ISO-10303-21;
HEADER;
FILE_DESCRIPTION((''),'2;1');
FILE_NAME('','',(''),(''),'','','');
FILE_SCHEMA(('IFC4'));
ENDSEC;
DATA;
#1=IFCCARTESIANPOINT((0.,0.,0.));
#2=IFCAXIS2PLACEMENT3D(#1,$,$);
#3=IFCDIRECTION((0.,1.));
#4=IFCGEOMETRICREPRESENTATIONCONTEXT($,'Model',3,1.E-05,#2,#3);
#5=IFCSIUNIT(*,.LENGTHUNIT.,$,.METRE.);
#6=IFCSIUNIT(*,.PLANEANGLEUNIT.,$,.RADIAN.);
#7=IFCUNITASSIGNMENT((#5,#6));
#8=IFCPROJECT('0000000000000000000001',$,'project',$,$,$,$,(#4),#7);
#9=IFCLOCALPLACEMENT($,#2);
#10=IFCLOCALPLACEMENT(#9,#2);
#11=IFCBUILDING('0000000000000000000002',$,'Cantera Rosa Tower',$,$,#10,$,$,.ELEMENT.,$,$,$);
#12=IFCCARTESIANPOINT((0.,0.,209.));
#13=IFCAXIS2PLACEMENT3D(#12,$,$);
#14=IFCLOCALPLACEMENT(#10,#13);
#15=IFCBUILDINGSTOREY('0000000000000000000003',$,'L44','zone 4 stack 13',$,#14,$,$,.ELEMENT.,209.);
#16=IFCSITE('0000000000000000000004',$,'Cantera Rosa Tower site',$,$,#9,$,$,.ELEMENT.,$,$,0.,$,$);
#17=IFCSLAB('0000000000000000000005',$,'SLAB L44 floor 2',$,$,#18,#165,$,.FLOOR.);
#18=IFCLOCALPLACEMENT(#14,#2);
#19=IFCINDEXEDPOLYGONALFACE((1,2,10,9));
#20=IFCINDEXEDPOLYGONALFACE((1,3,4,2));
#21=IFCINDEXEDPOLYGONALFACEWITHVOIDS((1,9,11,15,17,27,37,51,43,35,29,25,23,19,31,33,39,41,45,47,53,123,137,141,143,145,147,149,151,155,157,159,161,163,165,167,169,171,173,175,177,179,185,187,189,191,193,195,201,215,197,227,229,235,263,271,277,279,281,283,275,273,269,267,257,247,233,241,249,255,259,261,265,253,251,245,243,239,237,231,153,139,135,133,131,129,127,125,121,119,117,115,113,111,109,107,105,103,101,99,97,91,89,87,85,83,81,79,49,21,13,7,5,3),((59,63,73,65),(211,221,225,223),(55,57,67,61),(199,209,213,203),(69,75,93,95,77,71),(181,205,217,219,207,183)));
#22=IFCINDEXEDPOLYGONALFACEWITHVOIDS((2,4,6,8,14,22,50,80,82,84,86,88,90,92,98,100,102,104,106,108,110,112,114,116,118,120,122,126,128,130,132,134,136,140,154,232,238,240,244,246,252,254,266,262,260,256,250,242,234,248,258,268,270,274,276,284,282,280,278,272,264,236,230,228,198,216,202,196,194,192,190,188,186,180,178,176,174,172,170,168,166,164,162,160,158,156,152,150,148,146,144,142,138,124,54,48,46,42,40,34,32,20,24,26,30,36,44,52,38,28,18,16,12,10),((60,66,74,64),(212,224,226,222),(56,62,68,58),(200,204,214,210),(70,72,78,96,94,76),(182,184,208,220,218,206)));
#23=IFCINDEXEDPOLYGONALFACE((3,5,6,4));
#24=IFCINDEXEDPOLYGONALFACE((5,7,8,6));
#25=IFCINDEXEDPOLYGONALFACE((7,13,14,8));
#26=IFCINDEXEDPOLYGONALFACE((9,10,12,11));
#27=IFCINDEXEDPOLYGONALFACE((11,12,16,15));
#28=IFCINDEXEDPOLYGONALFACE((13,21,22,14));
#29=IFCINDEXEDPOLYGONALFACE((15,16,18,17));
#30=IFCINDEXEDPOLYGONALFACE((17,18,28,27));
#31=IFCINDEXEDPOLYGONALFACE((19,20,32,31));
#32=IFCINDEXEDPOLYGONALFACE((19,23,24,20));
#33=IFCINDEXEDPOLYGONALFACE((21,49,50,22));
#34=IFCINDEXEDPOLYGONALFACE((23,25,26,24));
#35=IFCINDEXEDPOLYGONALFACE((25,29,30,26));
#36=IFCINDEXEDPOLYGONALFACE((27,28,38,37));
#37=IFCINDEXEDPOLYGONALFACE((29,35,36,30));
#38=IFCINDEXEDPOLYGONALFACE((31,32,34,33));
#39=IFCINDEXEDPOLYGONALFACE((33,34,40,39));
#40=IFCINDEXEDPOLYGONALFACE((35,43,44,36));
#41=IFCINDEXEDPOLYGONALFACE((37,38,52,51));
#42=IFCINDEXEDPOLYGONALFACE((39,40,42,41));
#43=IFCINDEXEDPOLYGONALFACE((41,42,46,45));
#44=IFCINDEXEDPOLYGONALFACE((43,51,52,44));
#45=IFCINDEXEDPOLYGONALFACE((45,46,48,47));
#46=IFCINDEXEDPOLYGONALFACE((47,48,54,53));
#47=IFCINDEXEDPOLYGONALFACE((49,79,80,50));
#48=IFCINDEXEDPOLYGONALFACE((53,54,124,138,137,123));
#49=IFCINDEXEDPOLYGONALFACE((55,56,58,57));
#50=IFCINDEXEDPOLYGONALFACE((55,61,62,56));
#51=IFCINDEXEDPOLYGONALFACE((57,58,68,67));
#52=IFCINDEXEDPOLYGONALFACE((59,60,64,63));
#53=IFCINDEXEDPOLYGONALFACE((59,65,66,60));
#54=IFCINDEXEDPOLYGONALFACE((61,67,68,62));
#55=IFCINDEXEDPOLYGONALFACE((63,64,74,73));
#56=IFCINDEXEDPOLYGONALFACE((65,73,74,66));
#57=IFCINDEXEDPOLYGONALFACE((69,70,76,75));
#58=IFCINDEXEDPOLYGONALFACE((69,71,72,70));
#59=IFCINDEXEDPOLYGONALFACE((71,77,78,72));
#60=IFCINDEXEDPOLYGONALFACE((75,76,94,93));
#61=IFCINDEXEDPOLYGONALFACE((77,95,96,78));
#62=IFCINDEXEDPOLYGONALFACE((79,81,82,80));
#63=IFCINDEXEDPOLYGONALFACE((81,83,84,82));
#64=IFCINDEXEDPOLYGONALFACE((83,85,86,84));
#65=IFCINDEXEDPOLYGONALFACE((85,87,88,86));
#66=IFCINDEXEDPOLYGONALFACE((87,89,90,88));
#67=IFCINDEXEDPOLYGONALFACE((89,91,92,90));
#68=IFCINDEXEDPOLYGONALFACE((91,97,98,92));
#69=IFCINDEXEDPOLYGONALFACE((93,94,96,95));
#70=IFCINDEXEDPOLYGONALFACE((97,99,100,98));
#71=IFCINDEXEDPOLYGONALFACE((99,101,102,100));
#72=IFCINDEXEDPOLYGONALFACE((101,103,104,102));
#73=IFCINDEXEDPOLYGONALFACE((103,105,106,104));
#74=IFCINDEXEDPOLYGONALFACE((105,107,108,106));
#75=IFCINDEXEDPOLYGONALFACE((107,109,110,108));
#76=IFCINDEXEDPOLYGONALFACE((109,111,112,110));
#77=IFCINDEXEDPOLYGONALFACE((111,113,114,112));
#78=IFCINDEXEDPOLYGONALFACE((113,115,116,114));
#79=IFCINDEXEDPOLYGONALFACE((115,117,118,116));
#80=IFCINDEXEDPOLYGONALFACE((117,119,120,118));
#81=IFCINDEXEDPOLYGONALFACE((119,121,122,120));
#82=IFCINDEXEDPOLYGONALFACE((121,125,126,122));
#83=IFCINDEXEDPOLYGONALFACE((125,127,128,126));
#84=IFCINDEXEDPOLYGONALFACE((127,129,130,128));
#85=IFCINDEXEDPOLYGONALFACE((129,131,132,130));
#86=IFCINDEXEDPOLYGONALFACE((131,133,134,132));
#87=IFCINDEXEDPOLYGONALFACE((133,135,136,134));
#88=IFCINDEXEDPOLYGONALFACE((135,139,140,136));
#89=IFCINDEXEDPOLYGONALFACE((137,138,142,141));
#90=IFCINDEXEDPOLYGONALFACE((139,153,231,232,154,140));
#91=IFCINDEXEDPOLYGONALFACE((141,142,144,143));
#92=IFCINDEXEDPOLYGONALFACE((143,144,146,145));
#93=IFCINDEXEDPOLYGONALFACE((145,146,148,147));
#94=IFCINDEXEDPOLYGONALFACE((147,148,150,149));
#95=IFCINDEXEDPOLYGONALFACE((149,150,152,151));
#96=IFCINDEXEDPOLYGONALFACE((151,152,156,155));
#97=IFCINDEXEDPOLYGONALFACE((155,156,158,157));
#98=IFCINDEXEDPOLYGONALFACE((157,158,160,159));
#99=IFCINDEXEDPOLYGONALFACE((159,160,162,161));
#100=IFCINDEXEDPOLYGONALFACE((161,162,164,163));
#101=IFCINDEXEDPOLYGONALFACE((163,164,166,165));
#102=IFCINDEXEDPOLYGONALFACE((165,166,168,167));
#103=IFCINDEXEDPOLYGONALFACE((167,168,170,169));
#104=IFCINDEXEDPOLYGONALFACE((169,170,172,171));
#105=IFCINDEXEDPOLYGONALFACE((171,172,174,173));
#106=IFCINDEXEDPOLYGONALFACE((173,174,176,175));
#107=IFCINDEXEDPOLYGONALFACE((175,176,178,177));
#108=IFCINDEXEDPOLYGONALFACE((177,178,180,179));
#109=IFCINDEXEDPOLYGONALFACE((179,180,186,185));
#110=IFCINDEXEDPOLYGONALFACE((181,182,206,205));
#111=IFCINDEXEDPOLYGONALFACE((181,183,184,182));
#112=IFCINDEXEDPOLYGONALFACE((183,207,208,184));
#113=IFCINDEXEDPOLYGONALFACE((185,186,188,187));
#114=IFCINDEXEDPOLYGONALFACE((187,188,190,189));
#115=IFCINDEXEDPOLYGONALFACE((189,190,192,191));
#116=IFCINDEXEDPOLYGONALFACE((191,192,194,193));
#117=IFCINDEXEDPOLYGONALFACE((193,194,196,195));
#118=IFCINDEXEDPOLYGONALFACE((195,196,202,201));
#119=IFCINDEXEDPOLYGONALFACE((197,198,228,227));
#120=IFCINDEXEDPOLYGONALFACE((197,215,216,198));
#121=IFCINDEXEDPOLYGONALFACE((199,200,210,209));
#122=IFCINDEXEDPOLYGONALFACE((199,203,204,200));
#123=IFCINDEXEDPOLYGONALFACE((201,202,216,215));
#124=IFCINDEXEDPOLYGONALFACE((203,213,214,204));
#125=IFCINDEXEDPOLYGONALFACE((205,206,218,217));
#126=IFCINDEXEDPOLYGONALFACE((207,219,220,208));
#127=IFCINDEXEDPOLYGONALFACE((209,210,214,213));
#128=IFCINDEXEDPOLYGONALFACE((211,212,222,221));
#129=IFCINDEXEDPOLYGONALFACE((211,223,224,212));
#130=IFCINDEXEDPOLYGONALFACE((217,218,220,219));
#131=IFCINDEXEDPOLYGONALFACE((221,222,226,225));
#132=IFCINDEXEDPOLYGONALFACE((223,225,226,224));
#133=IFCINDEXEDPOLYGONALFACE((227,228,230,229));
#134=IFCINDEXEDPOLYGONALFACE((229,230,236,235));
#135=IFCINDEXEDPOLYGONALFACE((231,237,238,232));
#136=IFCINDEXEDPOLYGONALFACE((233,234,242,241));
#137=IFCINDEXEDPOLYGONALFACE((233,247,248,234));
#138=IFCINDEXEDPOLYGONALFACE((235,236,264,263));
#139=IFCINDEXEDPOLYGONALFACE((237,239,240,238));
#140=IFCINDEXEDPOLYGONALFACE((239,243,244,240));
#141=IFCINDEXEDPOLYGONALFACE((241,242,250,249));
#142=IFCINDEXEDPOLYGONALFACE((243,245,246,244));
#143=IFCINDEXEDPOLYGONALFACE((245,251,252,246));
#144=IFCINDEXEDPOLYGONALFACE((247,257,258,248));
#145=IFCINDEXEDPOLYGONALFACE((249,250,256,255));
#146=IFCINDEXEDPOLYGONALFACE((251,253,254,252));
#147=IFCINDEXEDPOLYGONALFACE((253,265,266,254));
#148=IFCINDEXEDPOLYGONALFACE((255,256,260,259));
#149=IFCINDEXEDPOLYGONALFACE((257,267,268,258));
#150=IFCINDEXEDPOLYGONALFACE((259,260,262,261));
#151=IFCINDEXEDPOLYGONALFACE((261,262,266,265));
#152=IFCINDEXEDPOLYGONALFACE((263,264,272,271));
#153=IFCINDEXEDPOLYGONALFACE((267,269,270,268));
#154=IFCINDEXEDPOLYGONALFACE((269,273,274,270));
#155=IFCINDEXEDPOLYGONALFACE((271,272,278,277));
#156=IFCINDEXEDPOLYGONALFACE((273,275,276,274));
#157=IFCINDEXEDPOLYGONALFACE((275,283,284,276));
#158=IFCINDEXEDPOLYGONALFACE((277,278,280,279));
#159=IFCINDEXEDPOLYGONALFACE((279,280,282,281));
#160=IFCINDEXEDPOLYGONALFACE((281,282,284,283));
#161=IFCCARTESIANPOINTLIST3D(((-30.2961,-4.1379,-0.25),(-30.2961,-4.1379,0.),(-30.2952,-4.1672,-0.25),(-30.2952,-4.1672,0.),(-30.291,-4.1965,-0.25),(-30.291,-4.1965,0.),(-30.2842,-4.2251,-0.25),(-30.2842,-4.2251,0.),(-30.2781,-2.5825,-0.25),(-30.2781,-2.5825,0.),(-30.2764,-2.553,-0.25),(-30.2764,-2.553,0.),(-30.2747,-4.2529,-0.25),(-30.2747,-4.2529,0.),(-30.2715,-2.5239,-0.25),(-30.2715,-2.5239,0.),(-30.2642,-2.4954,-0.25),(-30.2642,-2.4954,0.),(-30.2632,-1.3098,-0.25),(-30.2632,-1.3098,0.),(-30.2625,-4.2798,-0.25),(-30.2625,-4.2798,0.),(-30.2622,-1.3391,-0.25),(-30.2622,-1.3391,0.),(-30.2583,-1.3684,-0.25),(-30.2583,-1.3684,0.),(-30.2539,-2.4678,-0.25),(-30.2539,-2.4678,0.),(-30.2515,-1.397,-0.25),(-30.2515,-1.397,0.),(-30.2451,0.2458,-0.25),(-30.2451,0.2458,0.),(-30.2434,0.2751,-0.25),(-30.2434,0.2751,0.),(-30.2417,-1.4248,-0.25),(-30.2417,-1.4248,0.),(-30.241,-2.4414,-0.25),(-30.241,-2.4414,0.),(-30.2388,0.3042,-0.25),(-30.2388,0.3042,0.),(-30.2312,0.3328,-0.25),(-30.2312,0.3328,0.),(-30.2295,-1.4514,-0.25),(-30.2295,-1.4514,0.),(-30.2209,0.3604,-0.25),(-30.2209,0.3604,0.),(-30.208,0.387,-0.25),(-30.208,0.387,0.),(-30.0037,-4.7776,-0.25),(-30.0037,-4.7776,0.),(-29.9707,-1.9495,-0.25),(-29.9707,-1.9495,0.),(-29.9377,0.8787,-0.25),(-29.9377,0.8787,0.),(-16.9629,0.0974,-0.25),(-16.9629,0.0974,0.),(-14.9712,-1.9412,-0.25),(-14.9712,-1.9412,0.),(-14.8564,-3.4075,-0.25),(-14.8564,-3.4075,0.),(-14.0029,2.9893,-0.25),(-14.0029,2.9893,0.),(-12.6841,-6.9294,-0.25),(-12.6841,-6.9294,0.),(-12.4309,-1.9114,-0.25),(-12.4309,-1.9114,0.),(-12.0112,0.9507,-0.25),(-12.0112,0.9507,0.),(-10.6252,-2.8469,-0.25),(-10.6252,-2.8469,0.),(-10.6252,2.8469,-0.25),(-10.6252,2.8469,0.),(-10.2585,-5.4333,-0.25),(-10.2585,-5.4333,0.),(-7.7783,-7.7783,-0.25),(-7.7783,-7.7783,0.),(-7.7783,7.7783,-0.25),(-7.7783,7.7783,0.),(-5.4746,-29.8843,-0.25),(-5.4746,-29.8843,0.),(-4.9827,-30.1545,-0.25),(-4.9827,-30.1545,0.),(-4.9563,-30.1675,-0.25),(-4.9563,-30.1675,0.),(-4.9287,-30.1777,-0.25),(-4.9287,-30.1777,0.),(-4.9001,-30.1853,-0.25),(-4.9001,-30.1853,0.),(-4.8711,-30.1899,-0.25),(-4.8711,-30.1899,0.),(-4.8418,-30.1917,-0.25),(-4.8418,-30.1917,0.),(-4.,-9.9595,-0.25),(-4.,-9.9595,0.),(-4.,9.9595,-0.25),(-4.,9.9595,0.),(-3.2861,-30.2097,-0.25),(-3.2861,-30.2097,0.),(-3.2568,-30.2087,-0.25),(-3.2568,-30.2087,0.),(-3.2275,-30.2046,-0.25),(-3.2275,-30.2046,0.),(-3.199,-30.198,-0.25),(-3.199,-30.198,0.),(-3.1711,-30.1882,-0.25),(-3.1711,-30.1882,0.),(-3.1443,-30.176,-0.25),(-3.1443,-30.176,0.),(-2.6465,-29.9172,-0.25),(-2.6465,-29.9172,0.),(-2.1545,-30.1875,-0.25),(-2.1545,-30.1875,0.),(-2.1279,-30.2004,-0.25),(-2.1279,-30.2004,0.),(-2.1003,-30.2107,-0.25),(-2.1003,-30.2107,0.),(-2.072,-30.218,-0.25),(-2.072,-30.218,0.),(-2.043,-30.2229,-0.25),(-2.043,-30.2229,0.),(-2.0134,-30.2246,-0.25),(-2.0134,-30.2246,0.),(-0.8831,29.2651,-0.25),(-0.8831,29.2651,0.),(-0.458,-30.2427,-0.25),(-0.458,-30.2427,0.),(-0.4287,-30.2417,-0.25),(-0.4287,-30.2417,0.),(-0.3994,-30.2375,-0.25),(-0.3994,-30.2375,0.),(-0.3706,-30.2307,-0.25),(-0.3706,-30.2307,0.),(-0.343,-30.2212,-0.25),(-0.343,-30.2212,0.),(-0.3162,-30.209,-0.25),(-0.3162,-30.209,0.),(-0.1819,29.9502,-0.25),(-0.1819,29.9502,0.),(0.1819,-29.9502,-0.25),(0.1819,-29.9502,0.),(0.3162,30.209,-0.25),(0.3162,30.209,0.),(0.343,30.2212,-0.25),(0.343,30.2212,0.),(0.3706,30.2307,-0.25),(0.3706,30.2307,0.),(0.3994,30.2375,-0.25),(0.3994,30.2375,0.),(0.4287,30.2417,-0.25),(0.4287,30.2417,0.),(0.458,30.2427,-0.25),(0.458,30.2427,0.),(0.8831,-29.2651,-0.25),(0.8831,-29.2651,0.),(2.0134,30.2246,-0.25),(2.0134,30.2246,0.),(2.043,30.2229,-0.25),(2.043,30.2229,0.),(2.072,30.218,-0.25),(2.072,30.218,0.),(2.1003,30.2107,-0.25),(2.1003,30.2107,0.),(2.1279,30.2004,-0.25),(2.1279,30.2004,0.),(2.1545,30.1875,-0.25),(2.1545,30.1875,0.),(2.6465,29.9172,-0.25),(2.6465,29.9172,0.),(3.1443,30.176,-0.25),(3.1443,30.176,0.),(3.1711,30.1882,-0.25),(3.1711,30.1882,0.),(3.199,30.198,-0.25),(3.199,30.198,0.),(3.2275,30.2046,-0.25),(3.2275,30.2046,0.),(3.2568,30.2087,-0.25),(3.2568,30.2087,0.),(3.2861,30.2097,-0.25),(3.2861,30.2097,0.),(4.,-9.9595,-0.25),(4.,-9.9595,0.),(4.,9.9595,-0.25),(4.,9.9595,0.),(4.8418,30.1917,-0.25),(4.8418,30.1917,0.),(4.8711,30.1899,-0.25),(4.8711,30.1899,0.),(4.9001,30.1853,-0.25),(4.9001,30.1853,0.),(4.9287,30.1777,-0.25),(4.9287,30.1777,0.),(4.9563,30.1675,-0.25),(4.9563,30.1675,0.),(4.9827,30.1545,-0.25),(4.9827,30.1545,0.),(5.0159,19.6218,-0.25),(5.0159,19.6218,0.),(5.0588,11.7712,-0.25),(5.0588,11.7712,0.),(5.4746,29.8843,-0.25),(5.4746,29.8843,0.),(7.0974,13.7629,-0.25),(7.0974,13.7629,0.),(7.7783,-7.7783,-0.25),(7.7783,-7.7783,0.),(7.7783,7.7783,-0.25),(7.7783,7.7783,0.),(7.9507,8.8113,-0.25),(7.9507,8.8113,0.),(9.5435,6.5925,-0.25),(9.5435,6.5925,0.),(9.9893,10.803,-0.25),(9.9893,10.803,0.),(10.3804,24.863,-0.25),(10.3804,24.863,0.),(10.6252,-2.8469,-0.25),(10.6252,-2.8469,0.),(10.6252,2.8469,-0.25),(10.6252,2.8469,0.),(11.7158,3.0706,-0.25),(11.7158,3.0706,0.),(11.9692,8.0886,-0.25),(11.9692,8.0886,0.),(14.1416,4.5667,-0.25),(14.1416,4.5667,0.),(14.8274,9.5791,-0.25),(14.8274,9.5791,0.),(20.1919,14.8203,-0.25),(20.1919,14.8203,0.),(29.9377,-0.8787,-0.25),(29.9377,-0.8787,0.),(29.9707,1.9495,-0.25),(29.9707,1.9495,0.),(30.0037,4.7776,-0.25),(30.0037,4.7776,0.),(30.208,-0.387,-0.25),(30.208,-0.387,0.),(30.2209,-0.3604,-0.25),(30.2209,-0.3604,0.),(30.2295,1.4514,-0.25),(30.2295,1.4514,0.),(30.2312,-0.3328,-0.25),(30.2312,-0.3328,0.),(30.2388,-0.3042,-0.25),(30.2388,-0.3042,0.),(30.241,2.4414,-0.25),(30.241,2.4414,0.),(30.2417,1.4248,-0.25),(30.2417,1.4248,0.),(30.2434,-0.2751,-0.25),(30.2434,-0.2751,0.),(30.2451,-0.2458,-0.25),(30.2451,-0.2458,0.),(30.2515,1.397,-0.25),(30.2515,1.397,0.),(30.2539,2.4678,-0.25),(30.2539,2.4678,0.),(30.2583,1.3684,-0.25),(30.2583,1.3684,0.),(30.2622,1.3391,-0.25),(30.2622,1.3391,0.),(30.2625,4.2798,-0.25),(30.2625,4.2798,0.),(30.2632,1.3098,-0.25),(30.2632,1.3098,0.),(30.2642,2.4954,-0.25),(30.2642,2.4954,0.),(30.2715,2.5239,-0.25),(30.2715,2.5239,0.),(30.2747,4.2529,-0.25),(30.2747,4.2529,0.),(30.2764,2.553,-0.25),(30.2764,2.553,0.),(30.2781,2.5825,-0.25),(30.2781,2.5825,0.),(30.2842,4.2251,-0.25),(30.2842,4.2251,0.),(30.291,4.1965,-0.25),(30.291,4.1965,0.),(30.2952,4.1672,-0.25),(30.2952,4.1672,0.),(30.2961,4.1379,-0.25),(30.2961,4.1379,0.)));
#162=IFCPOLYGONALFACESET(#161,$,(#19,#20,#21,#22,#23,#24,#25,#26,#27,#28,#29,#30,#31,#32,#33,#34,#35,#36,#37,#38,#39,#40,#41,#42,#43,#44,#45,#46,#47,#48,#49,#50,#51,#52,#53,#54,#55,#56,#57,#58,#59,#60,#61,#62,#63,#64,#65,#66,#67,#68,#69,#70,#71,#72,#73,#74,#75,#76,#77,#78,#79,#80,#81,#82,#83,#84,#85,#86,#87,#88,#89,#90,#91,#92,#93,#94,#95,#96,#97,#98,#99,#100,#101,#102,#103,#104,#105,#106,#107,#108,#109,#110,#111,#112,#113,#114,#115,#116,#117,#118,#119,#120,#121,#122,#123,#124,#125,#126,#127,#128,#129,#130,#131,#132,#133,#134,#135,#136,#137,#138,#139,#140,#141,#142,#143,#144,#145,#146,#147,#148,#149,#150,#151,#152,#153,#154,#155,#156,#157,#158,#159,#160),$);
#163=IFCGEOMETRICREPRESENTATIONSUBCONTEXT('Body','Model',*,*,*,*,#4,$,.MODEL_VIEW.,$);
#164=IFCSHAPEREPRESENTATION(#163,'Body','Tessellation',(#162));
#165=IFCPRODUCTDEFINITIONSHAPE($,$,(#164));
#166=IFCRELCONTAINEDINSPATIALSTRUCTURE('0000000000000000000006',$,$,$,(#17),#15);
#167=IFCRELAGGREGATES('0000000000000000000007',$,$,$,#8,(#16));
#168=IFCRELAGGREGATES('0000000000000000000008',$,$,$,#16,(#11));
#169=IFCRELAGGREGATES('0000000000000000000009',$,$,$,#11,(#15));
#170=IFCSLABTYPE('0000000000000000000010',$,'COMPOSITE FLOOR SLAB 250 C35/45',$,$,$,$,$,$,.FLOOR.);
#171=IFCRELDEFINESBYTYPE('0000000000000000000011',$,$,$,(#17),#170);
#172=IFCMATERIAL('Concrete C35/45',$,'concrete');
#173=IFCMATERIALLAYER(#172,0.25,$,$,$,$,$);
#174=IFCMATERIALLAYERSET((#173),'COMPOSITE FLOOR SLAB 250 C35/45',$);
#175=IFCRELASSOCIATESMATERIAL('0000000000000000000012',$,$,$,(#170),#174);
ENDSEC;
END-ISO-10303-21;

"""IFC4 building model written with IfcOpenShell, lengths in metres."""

from ifc_helpers import new_model, si_unit, direction, frame, origin, place, context, subcontext, project, spatial, polyline, outline, extrude, material, layer, layer_set, type_object, element, save


model = new_model("IFC4")

# Units and contexts
model_context = context("Model", 3, precision=1e-05, world=origin(), true_north=direction((0.0, 1.0)))
body_context = subcontext(model_context, "Body", "Model", "MODEL_VIEW")
ifc_project = project(units=[si_unit("LENGTHUNIT", "METRE"), si_unit("PLANEANGLEUNIT", "RADIAN")], contexts=[model_context])

# Site, building, storey
site_placement = place(None, origin())
site = spatial("IfcSite", under=ifc_project, at=site_placement, Name="Cantera Rosa Tower site", CompositionType="ELEMENT", RefElevation=0.0)
building_placement = place(site_placement, origin())
building = spatial("IfcBuilding", under=site, at=building_placement, Name="Cantera Rosa Tower", CompositionType="ELEMENT")
storey_placement = place(building_placement, frame((0.0, 0.0, 209.0)))
storey = spatial("IfcBuildingStorey", under=building, at=storey_placement, Name="L44", Description="zone 4 stack 13", CompositionType="ELEMENT", Elevation=209.0)

# Slab
ifc_material_1 = material(Name="Concrete C35/45", Category="concrete")
ifc_layer_1 = layer(ifc_material_1, 0.25)
ifc_layer_set_1 = layer_set([ifc_layer_1], Name="COMPOSITE FLOOR SLAB 250 C35/45")
slab_type_1 = type_object("IfcSlabType", Name="COMPOSITE FLOOR SLAB 250 C35/45", PredefinedType="FLOOR", material=ifc_layer_set_1)
slab_1_placement = place(storey_placement, frame((0.0, 0.0, -0.25)))
element("IfcSlab", 1, at=slab_1_placement, inside=storey, type_object=slab_type_1, Name="SLAB L44 floor 2", PredefinedType="FLOOR", context=body_context, shape_type="SweptSolid", body=[
    extrude(outline(polyline([(-2.1279, -30.2004), (-2.1545, -30.1875), (-2.6465, -29.9172), (-3.1443, -30.176), (-3.1711, -30.1882), (-3.199, -30.198), (-3.2275, -30.2046), (-3.2568, -30.2087), (-3.2861, -30.2097), (-4.8418, -30.1917), (-4.8711, -30.1899), (-4.9001, -30.1853), (-4.9287, -30.1777), (-4.9563, -30.1675), (-4.9827, -30.1545), (-5.4746, -29.8843), (-30.0037, -4.7776), (-30.2625, -4.2798), (-30.2747, -4.2529), (-30.2842, -4.2251), (-30.291, -4.1965), (-30.2952, -4.1672), (-30.2961, -4.1379), (-30.2781, -2.5825), (-30.2764, -2.553), (-30.2715, -2.5239), (-30.2642, -2.4954), (-30.2539, -2.4678), (-30.241, -2.4414), (-29.9707, -1.9495), (-30.2295, -1.4514), (-30.2417, -1.4248), (-30.2515, -1.397), (-30.2583, -1.3684), (-30.2622, -1.3391), (-30.2632, -1.3098), (-30.2451, 0.2458), (-30.2434, 0.2751), (-30.2388, 0.3042), (-30.2312, 0.3328), (-30.2209, 0.3604), (-30.208, 0.387), (-29.9377, 0.8787), (-0.8831, 29.2651), (-0.1819, 29.9502), (0.3162, 30.209), (0.343, 30.2212), (0.3706, 30.2307), (0.3994, 30.2375), (0.4287, 30.2417), (0.458, 30.2427), (2.0134, 30.2246), (2.043, 30.2229), (2.072, 30.218), (2.1003, 30.2107), (2.1279, 30.2004), (2.1545, 30.1875), (2.6465, 29.9172), (3.1443, 30.176), (3.1711, 30.1882), (3.199, 30.198), (3.2275, 30.2046), (3.2568, 30.2087), (3.2861, 30.2097), (4.8418, 30.1917), (4.8711, 30.1899), (4.9001, 30.1853), (4.9287, 30.1777), (4.9563, 30.1675), (4.9827, 30.1545), (5.4746, 29.8843), (10.3804, 24.863), (5.0159, 19.6218), (14.8274, 9.5791), (20.1919, 14.8203), (30.0037, 4.7776), (30.2625, 4.2798), (30.2747, 4.2529), (30.2842, 4.2251), (30.291, 4.1965), (30.2952, 4.1672), (30.2961, 4.1379), (30.2781, 2.5825), (30.2764, 2.553), (30.2715, 2.5239), (30.2642, 2.4954), (30.2539, 2.4678), (30.241, 2.4414), (29.9707, 1.9495), (30.2295, 1.4514), (30.2417, 1.4248), (30.2515, 1.397), (30.2583, 1.3684), (30.2622, 1.3391), (30.2632, 1.3098), (30.2451, -0.2458), (30.2434, -0.2751), (30.2388, -0.3042), (30.2312, -0.3328), (30.2209, -0.3604), (30.208, -0.387), (29.9377, -0.8787), (0.8831, -29.2651), (0.1819, -29.9502), (-0.3162, -30.209), (-0.343, -30.2212), (-0.3706, -30.2307), (-0.3994, -30.2375), (-0.4287, -30.2417), (-0.458, -30.2427), (-2.0134, -30.2246), (-2.043, -30.2229), (-2.072, -30.218), (-2.1003, -30.2107), (-2.1279, -30.2004)]), holes=[polyline([(-12.4309, -1.9114), (-14.8564, -3.4075), (-12.6841, -6.9294), (-10.2585, -5.4333), (-12.4309, -1.9114)]), polyline([(-7.7783, 7.7783), (-10.6252, 2.8469), (-10.6252, -2.8469), (-7.7783, -7.7783), (-4.0, -9.9595), (-4.0, 9.9595), (-7.7783, 7.7783)]), polyline([(-14.0029, 2.9893), (-16.9629, 0.0974), (-14.9712, -1.9412), (-12.0112, 0.9507), (-14.0029, 2.9893)]), polyline([(7.7783, -7.7783), (10.6252, -2.8469), (10.6252, 2.8469), (7.7783, 7.7783), (4.0, 9.9595), (4.0, -9.9595), (7.7783, -7.7783)]), polyline([(14.1416, 4.5667), (11.9692, 8.0886), (9.5435, 6.5925), (11.7158, 3.0706), (14.1416, 4.5667)]), polyline([(9.9893, 10.803), (7.0974, 13.7629), (5.0588, 11.7712), (7.9507, 8.8113), (9.9893, 10.803)])]), origin(), (0.0, 0.0, 1.0), 0.25),
])

save(model, "model.ifc")
